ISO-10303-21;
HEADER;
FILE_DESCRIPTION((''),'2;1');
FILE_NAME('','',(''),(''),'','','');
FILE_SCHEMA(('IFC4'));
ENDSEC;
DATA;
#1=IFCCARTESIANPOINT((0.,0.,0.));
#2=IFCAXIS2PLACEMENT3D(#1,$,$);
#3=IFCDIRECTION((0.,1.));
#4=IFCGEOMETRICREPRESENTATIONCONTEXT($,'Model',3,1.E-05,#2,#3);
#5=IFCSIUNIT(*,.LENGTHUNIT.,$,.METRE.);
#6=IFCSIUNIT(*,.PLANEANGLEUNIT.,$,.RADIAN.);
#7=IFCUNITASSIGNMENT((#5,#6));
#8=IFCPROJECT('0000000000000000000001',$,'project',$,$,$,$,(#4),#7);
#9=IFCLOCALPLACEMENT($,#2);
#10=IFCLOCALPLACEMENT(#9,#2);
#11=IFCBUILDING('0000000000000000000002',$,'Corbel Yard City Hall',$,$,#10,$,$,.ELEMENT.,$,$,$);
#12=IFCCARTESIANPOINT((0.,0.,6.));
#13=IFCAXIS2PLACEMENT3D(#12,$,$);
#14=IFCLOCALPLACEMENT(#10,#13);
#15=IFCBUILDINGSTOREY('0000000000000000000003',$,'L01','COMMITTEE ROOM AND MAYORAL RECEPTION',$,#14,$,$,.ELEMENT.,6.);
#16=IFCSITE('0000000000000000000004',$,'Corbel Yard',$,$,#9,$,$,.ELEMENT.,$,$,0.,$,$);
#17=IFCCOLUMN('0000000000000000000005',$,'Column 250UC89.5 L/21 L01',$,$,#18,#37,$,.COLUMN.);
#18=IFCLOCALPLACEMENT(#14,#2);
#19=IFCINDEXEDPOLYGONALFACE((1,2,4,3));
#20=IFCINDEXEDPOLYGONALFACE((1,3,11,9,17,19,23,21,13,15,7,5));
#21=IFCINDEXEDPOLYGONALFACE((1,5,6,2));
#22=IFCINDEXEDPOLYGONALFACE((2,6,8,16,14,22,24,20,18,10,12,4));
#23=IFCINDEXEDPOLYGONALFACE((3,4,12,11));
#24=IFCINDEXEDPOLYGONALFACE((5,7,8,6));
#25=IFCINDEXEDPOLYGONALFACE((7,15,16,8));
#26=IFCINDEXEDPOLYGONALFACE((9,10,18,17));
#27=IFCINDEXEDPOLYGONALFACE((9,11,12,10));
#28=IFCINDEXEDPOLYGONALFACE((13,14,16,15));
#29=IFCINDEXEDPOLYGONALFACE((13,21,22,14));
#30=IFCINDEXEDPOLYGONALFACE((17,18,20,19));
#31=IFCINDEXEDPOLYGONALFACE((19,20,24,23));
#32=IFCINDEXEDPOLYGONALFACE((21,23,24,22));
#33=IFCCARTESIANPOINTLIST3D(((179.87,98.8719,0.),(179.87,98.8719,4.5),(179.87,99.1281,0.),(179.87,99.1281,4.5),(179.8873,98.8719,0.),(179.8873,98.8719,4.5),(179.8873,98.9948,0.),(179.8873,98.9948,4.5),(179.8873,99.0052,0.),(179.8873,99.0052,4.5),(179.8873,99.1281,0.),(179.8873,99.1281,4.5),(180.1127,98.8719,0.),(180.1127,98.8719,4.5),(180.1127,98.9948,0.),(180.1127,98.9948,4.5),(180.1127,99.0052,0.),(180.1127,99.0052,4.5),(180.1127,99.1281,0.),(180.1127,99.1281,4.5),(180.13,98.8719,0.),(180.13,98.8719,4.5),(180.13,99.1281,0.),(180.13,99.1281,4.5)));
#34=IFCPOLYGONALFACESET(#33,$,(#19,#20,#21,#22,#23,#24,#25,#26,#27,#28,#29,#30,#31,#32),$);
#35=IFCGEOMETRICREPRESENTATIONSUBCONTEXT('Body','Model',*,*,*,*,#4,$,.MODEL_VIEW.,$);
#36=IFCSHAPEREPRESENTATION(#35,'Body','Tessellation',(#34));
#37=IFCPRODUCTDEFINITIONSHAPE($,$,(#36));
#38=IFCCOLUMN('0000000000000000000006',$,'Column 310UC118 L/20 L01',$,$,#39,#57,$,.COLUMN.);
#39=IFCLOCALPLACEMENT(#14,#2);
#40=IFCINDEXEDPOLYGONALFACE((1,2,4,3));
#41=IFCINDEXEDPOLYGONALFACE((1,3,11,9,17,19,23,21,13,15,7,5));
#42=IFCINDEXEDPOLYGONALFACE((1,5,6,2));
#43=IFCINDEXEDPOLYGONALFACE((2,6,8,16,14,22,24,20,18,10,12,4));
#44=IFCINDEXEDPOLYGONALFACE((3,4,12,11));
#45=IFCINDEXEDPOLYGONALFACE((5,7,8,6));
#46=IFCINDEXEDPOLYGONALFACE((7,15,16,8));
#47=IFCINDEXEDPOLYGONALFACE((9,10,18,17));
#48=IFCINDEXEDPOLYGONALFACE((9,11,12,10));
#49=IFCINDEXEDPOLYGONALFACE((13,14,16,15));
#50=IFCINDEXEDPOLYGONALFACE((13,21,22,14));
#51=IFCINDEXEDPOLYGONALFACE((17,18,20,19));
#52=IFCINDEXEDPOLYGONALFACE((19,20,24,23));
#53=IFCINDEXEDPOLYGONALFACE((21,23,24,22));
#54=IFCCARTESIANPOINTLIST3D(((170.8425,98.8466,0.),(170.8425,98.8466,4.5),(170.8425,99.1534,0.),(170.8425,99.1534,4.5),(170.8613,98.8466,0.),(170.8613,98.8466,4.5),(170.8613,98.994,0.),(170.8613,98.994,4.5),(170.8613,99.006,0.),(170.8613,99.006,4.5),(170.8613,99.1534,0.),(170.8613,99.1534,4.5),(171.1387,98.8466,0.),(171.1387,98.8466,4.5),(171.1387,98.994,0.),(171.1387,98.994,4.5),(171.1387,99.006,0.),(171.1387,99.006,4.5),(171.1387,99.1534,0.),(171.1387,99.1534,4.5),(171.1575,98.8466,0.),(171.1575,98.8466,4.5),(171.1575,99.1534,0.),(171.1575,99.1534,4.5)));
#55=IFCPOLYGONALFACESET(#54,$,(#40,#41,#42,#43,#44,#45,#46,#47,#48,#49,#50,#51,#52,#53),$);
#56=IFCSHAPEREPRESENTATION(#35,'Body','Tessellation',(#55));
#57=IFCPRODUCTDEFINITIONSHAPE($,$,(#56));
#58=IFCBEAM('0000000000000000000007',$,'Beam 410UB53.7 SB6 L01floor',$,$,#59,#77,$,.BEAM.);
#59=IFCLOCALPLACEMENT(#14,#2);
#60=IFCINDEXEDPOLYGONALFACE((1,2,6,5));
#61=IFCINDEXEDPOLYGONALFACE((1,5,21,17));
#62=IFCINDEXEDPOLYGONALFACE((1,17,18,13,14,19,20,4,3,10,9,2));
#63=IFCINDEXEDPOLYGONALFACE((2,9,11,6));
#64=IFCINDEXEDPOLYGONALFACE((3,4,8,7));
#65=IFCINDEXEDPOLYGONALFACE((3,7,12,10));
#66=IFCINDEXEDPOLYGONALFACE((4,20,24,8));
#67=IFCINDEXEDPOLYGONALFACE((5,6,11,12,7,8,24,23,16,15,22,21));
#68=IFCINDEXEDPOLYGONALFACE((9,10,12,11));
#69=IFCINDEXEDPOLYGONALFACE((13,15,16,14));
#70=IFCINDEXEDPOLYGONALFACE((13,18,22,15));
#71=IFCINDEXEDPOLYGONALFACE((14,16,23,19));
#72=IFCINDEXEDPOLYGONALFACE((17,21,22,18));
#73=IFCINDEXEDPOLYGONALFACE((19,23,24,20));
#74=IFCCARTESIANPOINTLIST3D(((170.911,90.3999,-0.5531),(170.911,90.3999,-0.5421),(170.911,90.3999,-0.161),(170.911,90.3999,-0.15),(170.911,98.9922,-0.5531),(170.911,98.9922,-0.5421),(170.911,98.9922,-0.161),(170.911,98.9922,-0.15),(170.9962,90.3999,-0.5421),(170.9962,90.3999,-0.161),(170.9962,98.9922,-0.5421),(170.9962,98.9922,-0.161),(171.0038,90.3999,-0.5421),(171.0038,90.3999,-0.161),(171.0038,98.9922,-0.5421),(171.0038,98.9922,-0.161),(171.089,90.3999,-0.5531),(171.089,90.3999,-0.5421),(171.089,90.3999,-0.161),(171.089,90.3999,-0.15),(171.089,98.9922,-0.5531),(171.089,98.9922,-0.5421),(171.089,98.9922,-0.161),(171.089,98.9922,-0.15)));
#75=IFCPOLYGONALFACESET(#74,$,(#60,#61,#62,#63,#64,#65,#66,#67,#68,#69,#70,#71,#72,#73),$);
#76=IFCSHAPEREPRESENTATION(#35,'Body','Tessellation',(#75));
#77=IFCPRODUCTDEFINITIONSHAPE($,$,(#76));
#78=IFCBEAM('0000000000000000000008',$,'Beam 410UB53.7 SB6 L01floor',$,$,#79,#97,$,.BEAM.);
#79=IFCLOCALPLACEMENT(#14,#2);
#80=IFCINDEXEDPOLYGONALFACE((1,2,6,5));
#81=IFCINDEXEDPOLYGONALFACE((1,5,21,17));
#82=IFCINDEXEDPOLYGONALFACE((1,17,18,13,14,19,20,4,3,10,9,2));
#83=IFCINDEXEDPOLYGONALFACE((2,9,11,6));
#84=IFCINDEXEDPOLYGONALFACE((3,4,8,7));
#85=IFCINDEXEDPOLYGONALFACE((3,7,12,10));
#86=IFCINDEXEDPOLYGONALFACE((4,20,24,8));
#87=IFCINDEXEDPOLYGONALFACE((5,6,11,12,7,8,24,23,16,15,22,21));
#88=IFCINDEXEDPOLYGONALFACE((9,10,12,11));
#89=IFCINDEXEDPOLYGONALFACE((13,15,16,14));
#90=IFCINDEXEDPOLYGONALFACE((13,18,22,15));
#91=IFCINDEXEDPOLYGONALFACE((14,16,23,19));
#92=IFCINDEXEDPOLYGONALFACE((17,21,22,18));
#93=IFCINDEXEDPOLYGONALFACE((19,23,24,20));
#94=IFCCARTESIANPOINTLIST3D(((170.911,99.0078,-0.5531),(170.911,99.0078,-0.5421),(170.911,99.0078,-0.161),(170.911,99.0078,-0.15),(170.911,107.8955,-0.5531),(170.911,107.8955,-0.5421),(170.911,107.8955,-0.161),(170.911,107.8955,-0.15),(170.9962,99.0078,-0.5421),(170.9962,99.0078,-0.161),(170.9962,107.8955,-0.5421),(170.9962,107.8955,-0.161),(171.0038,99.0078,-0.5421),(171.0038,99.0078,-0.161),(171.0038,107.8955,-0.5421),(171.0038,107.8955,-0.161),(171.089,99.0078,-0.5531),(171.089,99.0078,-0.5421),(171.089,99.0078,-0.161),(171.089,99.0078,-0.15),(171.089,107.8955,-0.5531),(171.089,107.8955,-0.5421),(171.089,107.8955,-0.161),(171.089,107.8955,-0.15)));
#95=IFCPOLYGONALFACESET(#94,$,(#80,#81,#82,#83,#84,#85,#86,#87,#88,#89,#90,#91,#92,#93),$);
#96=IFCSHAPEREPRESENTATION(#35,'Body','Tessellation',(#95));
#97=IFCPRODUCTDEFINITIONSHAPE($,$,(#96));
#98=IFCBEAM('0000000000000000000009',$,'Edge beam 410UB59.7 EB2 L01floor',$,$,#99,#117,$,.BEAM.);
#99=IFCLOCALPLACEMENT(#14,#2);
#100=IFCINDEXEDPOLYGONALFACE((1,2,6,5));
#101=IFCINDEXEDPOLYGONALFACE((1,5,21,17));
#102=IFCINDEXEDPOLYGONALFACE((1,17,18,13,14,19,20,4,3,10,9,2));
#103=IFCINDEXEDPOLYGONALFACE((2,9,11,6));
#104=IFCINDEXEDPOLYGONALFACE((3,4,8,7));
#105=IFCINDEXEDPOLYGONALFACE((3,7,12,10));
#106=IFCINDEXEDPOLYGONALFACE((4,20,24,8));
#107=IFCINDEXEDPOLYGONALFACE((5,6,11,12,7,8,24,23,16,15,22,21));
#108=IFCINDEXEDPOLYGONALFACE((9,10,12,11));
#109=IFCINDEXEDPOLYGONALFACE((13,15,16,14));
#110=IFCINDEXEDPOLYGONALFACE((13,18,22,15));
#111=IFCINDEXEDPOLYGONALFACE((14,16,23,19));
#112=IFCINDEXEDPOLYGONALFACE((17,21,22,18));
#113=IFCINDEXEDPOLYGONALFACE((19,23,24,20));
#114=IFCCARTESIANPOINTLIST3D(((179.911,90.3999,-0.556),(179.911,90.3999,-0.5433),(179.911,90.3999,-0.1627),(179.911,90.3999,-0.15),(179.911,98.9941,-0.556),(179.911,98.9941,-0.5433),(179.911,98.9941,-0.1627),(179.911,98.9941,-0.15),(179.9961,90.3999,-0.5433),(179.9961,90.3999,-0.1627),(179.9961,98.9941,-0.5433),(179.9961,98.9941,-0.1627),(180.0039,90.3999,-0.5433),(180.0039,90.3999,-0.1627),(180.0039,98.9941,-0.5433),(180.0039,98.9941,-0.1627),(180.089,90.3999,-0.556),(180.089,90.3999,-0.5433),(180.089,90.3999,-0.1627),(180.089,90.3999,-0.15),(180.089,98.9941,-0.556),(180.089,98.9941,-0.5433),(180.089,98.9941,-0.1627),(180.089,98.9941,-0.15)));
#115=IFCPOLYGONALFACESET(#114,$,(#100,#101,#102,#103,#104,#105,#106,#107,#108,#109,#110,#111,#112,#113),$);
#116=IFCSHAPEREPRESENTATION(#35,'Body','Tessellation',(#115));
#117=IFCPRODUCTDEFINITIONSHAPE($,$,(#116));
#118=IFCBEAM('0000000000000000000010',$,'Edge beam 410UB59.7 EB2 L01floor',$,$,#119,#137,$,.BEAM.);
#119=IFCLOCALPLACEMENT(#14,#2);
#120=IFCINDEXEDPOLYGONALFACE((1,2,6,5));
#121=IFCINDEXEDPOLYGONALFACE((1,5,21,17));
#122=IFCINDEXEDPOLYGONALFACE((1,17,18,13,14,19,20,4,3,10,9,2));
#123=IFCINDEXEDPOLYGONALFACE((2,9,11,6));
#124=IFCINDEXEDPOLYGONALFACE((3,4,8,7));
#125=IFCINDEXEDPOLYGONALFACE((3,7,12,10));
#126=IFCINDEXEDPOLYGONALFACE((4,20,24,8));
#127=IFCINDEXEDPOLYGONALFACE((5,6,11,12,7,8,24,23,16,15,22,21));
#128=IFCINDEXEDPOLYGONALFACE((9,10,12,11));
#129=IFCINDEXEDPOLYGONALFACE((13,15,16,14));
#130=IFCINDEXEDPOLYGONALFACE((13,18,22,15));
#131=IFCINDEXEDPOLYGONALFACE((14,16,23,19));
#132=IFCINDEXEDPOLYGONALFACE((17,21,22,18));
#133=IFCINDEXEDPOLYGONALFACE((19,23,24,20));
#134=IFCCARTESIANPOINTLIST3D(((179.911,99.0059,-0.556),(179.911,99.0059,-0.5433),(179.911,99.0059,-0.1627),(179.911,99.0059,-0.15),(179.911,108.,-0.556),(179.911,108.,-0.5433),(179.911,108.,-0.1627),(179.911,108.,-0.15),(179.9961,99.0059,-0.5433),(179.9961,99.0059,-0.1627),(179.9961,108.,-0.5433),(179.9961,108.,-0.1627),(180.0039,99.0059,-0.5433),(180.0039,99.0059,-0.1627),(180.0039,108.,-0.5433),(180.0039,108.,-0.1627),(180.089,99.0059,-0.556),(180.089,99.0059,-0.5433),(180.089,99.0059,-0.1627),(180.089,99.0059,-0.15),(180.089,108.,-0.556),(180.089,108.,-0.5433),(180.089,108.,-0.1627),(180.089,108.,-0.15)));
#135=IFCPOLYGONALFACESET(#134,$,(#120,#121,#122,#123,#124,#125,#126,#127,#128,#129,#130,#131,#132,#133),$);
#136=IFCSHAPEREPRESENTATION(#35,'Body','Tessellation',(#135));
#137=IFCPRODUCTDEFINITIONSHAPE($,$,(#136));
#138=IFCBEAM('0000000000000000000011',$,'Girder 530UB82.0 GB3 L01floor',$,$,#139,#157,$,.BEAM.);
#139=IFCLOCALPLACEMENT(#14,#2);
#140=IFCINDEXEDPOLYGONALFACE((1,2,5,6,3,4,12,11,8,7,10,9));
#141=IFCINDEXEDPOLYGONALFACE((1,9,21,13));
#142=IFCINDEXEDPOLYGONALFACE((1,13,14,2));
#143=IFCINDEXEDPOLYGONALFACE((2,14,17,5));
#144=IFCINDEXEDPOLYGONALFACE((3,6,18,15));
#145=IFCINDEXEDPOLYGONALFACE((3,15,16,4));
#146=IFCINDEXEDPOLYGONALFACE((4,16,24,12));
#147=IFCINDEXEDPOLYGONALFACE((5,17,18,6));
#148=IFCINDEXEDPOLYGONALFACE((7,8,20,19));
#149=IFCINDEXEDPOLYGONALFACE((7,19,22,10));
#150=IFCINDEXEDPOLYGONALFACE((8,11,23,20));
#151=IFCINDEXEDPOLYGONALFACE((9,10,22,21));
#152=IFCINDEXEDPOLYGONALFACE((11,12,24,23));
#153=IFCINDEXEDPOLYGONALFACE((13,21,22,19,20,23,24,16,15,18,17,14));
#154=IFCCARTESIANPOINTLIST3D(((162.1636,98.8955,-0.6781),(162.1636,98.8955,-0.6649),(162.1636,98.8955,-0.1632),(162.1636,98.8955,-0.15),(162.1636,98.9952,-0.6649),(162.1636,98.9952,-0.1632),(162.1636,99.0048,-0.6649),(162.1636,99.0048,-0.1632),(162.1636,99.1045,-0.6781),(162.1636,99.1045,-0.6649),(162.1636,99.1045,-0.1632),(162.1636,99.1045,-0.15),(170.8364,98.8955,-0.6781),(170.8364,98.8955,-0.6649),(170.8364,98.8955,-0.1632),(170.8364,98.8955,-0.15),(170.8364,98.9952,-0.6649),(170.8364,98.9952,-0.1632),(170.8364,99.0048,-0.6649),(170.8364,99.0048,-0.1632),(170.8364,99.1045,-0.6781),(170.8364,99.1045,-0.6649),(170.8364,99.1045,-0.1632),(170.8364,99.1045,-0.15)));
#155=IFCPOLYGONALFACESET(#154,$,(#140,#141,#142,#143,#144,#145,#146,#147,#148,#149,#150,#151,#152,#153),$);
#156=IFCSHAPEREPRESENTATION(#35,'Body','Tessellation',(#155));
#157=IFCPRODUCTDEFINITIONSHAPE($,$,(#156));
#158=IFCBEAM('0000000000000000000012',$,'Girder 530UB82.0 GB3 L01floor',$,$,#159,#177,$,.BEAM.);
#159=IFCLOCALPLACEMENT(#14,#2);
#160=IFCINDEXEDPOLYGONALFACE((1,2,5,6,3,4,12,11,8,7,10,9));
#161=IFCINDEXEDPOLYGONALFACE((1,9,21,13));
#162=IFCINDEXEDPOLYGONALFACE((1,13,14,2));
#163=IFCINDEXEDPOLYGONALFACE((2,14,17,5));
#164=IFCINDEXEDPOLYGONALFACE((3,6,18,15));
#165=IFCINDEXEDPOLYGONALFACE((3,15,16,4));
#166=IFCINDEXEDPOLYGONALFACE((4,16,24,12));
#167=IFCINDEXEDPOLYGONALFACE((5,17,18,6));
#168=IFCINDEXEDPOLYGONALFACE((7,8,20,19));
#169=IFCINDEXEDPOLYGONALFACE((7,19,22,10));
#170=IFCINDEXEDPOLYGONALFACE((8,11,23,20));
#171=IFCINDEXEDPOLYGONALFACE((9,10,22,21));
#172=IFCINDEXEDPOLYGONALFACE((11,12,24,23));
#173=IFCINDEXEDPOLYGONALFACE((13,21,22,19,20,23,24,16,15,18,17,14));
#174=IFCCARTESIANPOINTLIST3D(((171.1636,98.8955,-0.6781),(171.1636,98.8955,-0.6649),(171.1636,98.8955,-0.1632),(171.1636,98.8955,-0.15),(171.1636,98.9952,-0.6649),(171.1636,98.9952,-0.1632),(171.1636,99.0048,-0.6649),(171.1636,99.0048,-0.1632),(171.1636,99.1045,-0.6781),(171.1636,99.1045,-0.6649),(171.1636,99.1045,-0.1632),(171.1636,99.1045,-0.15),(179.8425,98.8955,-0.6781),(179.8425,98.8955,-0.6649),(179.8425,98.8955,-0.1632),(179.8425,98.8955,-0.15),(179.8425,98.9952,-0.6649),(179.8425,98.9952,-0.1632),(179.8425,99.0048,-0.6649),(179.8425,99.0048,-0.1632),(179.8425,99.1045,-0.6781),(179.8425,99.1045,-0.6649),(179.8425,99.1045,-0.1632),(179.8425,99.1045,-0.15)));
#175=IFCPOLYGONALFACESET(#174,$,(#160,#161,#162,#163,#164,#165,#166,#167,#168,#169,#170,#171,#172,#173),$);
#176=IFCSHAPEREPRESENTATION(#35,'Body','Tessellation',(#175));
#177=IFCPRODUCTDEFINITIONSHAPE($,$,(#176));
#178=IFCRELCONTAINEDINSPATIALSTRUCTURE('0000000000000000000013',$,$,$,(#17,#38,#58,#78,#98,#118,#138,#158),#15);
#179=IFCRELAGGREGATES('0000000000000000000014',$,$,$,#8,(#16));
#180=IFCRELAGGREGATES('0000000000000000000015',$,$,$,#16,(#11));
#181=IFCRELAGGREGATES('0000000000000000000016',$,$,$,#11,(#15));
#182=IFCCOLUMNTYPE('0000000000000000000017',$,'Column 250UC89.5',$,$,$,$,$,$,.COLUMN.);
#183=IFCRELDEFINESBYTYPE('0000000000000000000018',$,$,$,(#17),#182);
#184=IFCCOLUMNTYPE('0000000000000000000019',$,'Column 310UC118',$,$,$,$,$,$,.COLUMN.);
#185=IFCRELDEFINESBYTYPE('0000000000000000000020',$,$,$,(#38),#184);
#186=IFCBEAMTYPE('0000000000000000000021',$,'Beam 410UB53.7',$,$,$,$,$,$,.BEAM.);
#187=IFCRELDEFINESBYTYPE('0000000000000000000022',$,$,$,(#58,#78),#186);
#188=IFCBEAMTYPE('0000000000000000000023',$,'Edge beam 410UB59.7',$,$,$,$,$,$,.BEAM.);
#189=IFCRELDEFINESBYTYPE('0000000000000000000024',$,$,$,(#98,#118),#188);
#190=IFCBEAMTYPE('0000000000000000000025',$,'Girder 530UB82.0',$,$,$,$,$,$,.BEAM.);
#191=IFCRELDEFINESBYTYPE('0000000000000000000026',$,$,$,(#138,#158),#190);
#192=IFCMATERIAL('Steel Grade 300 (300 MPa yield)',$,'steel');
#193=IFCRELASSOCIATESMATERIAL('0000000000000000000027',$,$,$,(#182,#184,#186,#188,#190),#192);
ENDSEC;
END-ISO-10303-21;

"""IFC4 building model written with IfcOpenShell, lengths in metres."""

from ifc_helpers import new_model, si_unit, direction, frame, origin, origin_2d, place, context, subcontext, project, spatial, i_section, extrude, material, material_profile, profile_set, type_object, element, save


model = new_model("IFC4")

# Units and contexts
model_context = context("Model", 3, precision=1e-05, world=origin(), true_north=direction((0.0, 1.0)))
body_context = subcontext(model_context, "Body", "Model", "MODEL_VIEW")
ifc_project = project(units=[si_unit("LENGTHUNIT", "METRE"), si_unit("PLANEANGLEUNIT", "RADIAN")], contexts=[model_context])

# Site, building, storey
site_placement = place(None, origin())
site = spatial("IfcSite", under=ifc_project, at=site_placement, Name="Corbel Yard", CompositionType="ELEMENT", RefElevation=0.0)
building_placement = place(site_placement, origin())
building = spatial("IfcBuilding", under=site, at=building_placement, Name="Corbel Yard City Hall", CompositionType="ELEMENT")
storey_placement = place(building_placement, frame((0.0, 0.0, 6.0)))
storey = spatial("IfcBuildingStorey", under=building, at=storey_placement, Name="L01", Description="COMMITTEE ROOM AND MAYORAL RECEPTION", CompositionType="ELEMENT", Elevation=6.0)

# Columns
ifc_material_1 = material(Name="Steel Grade 300 (300 MPa yield)", Category="steel")
ifc_material_profile_1 = material_profile(ifc_material_1, i_section(OverallWidth=0.2561, OverallDepth=0.26, WebThickness=0.0105, FlangeThickness=0.0173, at=origin_2d()), Name="250UC89.5")
ifc_profile_set_1 = profile_set([ifc_material_profile_1], Name="Steel Grade 300 (300 MPa yield)")
column_type_1 = type_object("IfcColumnType", Name="Column 250UC89.5", PredefinedType="COLUMN", material=ifc_profile_set_1)
column_1_placement = place(storey_placement, frame((180.0, 99.0, 0.0), z_axis=(0.0, 0.0, 1.0), x_axis=(0.0, 1.0, 0.0)))
element("IfcColumn", 1, at=column_1_placement, inside=storey, type_object=column_type_1, Name="Column 250UC89.5 L/21 L01", PredefinedType="COLUMN", context=body_context, shape_type="SweptSolid", body=[
    extrude(i_section(OverallWidth=0.2561, OverallDepth=0.26, WebThickness=0.0105, FlangeThickness=0.0173, at=origin_2d()), origin(), (0.0, 0.0, 1.0), 4.5),
])
ifc_material_profile_2 = material_profile(ifc_material_1, i_section(OverallWidth=0.3069, OverallDepth=0.3149, WebThickness=0.012, FlangeThickness=0.0188, at=origin_2d()), Name="310UC118")
ifc_profile_set_2 = profile_set([ifc_material_profile_2], Name="Steel Grade 300 (300 MPa yield)")
column_type_2 = type_object("IfcColumnType", Name="Column 310UC118", PredefinedType="COLUMN", material=ifc_profile_set_2)
column_2_placement = place(storey_placement, frame((171.0, 99.0, 0.0), z_axis=(0.0, 0.0, 1.0), x_axis=(0.0, 1.0, 0.0)))
element("IfcColumn", 2, at=column_2_placement, inside=storey, type_object=column_type_2, Name="Column 310UC118 L/20 L01", PredefinedType="COLUMN", context=body_context, shape_type="SweptSolid", body=[
    extrude(i_section(OverallWidth=0.3069, OverallDepth=0.3149, WebThickness=0.012, FlangeThickness=0.0188, at=origin_2d()), origin(), (0.0, 0.0, 1.0), 4.5),
])

# Beams
ifc_material_profile_3 = material_profile(ifc_material_1, i_section(OverallWidth=0.178, OverallDepth=0.4031, WebThickness=0.0076, FlangeThickness=0.011, at=origin_2d()), Name="410UB53.7")
ifc_profile_set_3 = profile_set([ifc_material_profile_3], Name="Steel Grade 300 (300 MPa yield)")
beam_type_1 = type_object("IfcBeamType", Name="Beam 410UB53.7", PredefinedType="BEAM", material=ifc_profile_set_3)
beam_1_placement = place(storey_placement, frame((171.0, 90.3999, -0.3516), z_axis=(0.0, 1.0, 0.0), x_axis=(-1.0, 0.0, 0.0)))
element("IfcBeam", 3, at=beam_1_placement, inside=storey, type_object=beam_type_1, Name="Beam 410UB53.7 SB6 L01floor", PredefinedType="BEAM", context=body_context, shape_type="SweptSolid", body=[
    extrude(i_section(OverallWidth=0.178, OverallDepth=0.4031, WebThickness=0.0076, FlangeThickness=0.011, at=origin_2d()), origin(), (0.0, 0.0, 1.0), 8.5923),
])
beam_2_placement = place(storey_placement, frame((171.0, 99.0078, -0.3516), z_axis=(0.0, 1.0, 0.0), x_axis=(-1.0, 0.0, 0.0)))
element("IfcBeam", 4, at=beam_2_placement, inside=storey, type_object=beam_type_1, Name="Beam 410UB53.7 SB6 L01floor", PredefinedType="BEAM", context=body_context, shape_type="SweptSolid", body=[
    extrude(i_section(OverallWidth=0.178, OverallDepth=0.4031, WebThickness=0.0076, FlangeThickness=0.011, at=origin_2d()), origin(), (0.0, 0.0, 1.0), 8.8877),
])
ifc_material_profile_4 = material_profile(ifc_material_1, i_section(OverallWidth=0.178, OverallDepth=0.406, WebThickness=0.0078, FlangeThickness=0.0127, at=origin_2d()), Name="410UB59.7")
ifc_profile_set_4 = profile_set([ifc_material_profile_4], Name="Steel Grade 300 (300 MPa yield)")
beam_type_2 = type_object("IfcBeamType", Name="Edge beam 410UB59.7", PredefinedType="BEAM", material=ifc_profile_set_4)
beam_3_placement = place(storey_placement, frame((180.0, 90.3999, -0.353), z_axis=(0.0, 1.0, 0.0), x_axis=(-1.0, 0.0, 0.0)))
element("IfcBeam", 5, at=beam_3_placement, inside=storey, type_object=beam_type_2, Name="Edge beam 410UB59.7 EB2 L01floor", PredefinedType="BEAM", context=body_context, shape_type="SweptSolid", body=[
    extrude(i_section(OverallWidth=0.178, OverallDepth=0.406, WebThickness=0.0078, FlangeThickness=0.0127, at=origin_2d()), origin(), (0.0, 0.0, 1.0), 8.5942),
])
beam_4_placement = place(storey_placement, frame((180.0, 99.0059, -0.353), z_axis=(0.0, 1.0, 0.0), x_axis=(-1.0, 0.0, 0.0)))
element("IfcBeam", 6, at=beam_4_placement, inside=storey, type_object=beam_type_2, Name="Edge beam 410UB59.7 EB2 L01floor", PredefinedType="BEAM", context=body_context, shape_type="SweptSolid", body=[
    extrude(i_section(OverallWidth=0.178, OverallDepth=0.406, WebThickness=0.0078, FlangeThickness=0.0127, at=origin_2d()), origin(), (0.0, 0.0, 1.0), 8.9941),
])
ifc_material_profile_5 = material_profile(ifc_material_1, i_section(OverallWidth=0.209, OverallDepth=0.5281, WebThickness=0.0095, FlangeThickness=0.0132, at=origin_2d()), Name="530UB82.0")
ifc_profile_set_5 = profile_set([ifc_material_profile_5], Name="Steel Grade 300 (300 MPa yield)")
beam_type_3 = type_object("IfcBeamType", Name="Girder 530UB82.0", PredefinedType="BEAM", material=ifc_profile_set_5)
beam_5_placement = place(storey_placement, frame((162.1636, 99.0, -0.4141), z_axis=(1.0, 0.0, 0.0), x_axis=(0.0, 1.0, 0.0)))
element("IfcBeam", 7, at=beam_5_placement, inside=storey, type_object=beam_type_3, Name="Girder 530UB82.0 GB3 L01floor", PredefinedType="BEAM", context=body_context, shape_type="SweptSolid", body=[
    extrude(i_section(OverallWidth=0.209, OverallDepth=0.5281, WebThickness=0.0095, FlangeThickness=0.0132, at=origin_2d()), origin(), (0.0, 0.0, 1.0), 8.6729),
])
beam_6_placement = place(storey_placement, frame((171.1636, 99.0, -0.4141), z_axis=(1.0, 0.0, 0.0), x_axis=(0.0, 1.0, 0.0)))
element("IfcBeam", 8, at=beam_6_placement, inside=storey, type_object=beam_type_3, Name="Girder 530UB82.0 GB3 L01floor", PredefinedType="BEAM", context=body_context, shape_type="SweptSolid", body=[
    extrude(i_section(OverallWidth=0.209, OverallDepth=0.5281, WebThickness=0.0095, FlangeThickness=0.0132, at=origin_2d()), origin(), (0.0, 0.0, 1.0), 8.679),
])

save(model, "model.ifc")
